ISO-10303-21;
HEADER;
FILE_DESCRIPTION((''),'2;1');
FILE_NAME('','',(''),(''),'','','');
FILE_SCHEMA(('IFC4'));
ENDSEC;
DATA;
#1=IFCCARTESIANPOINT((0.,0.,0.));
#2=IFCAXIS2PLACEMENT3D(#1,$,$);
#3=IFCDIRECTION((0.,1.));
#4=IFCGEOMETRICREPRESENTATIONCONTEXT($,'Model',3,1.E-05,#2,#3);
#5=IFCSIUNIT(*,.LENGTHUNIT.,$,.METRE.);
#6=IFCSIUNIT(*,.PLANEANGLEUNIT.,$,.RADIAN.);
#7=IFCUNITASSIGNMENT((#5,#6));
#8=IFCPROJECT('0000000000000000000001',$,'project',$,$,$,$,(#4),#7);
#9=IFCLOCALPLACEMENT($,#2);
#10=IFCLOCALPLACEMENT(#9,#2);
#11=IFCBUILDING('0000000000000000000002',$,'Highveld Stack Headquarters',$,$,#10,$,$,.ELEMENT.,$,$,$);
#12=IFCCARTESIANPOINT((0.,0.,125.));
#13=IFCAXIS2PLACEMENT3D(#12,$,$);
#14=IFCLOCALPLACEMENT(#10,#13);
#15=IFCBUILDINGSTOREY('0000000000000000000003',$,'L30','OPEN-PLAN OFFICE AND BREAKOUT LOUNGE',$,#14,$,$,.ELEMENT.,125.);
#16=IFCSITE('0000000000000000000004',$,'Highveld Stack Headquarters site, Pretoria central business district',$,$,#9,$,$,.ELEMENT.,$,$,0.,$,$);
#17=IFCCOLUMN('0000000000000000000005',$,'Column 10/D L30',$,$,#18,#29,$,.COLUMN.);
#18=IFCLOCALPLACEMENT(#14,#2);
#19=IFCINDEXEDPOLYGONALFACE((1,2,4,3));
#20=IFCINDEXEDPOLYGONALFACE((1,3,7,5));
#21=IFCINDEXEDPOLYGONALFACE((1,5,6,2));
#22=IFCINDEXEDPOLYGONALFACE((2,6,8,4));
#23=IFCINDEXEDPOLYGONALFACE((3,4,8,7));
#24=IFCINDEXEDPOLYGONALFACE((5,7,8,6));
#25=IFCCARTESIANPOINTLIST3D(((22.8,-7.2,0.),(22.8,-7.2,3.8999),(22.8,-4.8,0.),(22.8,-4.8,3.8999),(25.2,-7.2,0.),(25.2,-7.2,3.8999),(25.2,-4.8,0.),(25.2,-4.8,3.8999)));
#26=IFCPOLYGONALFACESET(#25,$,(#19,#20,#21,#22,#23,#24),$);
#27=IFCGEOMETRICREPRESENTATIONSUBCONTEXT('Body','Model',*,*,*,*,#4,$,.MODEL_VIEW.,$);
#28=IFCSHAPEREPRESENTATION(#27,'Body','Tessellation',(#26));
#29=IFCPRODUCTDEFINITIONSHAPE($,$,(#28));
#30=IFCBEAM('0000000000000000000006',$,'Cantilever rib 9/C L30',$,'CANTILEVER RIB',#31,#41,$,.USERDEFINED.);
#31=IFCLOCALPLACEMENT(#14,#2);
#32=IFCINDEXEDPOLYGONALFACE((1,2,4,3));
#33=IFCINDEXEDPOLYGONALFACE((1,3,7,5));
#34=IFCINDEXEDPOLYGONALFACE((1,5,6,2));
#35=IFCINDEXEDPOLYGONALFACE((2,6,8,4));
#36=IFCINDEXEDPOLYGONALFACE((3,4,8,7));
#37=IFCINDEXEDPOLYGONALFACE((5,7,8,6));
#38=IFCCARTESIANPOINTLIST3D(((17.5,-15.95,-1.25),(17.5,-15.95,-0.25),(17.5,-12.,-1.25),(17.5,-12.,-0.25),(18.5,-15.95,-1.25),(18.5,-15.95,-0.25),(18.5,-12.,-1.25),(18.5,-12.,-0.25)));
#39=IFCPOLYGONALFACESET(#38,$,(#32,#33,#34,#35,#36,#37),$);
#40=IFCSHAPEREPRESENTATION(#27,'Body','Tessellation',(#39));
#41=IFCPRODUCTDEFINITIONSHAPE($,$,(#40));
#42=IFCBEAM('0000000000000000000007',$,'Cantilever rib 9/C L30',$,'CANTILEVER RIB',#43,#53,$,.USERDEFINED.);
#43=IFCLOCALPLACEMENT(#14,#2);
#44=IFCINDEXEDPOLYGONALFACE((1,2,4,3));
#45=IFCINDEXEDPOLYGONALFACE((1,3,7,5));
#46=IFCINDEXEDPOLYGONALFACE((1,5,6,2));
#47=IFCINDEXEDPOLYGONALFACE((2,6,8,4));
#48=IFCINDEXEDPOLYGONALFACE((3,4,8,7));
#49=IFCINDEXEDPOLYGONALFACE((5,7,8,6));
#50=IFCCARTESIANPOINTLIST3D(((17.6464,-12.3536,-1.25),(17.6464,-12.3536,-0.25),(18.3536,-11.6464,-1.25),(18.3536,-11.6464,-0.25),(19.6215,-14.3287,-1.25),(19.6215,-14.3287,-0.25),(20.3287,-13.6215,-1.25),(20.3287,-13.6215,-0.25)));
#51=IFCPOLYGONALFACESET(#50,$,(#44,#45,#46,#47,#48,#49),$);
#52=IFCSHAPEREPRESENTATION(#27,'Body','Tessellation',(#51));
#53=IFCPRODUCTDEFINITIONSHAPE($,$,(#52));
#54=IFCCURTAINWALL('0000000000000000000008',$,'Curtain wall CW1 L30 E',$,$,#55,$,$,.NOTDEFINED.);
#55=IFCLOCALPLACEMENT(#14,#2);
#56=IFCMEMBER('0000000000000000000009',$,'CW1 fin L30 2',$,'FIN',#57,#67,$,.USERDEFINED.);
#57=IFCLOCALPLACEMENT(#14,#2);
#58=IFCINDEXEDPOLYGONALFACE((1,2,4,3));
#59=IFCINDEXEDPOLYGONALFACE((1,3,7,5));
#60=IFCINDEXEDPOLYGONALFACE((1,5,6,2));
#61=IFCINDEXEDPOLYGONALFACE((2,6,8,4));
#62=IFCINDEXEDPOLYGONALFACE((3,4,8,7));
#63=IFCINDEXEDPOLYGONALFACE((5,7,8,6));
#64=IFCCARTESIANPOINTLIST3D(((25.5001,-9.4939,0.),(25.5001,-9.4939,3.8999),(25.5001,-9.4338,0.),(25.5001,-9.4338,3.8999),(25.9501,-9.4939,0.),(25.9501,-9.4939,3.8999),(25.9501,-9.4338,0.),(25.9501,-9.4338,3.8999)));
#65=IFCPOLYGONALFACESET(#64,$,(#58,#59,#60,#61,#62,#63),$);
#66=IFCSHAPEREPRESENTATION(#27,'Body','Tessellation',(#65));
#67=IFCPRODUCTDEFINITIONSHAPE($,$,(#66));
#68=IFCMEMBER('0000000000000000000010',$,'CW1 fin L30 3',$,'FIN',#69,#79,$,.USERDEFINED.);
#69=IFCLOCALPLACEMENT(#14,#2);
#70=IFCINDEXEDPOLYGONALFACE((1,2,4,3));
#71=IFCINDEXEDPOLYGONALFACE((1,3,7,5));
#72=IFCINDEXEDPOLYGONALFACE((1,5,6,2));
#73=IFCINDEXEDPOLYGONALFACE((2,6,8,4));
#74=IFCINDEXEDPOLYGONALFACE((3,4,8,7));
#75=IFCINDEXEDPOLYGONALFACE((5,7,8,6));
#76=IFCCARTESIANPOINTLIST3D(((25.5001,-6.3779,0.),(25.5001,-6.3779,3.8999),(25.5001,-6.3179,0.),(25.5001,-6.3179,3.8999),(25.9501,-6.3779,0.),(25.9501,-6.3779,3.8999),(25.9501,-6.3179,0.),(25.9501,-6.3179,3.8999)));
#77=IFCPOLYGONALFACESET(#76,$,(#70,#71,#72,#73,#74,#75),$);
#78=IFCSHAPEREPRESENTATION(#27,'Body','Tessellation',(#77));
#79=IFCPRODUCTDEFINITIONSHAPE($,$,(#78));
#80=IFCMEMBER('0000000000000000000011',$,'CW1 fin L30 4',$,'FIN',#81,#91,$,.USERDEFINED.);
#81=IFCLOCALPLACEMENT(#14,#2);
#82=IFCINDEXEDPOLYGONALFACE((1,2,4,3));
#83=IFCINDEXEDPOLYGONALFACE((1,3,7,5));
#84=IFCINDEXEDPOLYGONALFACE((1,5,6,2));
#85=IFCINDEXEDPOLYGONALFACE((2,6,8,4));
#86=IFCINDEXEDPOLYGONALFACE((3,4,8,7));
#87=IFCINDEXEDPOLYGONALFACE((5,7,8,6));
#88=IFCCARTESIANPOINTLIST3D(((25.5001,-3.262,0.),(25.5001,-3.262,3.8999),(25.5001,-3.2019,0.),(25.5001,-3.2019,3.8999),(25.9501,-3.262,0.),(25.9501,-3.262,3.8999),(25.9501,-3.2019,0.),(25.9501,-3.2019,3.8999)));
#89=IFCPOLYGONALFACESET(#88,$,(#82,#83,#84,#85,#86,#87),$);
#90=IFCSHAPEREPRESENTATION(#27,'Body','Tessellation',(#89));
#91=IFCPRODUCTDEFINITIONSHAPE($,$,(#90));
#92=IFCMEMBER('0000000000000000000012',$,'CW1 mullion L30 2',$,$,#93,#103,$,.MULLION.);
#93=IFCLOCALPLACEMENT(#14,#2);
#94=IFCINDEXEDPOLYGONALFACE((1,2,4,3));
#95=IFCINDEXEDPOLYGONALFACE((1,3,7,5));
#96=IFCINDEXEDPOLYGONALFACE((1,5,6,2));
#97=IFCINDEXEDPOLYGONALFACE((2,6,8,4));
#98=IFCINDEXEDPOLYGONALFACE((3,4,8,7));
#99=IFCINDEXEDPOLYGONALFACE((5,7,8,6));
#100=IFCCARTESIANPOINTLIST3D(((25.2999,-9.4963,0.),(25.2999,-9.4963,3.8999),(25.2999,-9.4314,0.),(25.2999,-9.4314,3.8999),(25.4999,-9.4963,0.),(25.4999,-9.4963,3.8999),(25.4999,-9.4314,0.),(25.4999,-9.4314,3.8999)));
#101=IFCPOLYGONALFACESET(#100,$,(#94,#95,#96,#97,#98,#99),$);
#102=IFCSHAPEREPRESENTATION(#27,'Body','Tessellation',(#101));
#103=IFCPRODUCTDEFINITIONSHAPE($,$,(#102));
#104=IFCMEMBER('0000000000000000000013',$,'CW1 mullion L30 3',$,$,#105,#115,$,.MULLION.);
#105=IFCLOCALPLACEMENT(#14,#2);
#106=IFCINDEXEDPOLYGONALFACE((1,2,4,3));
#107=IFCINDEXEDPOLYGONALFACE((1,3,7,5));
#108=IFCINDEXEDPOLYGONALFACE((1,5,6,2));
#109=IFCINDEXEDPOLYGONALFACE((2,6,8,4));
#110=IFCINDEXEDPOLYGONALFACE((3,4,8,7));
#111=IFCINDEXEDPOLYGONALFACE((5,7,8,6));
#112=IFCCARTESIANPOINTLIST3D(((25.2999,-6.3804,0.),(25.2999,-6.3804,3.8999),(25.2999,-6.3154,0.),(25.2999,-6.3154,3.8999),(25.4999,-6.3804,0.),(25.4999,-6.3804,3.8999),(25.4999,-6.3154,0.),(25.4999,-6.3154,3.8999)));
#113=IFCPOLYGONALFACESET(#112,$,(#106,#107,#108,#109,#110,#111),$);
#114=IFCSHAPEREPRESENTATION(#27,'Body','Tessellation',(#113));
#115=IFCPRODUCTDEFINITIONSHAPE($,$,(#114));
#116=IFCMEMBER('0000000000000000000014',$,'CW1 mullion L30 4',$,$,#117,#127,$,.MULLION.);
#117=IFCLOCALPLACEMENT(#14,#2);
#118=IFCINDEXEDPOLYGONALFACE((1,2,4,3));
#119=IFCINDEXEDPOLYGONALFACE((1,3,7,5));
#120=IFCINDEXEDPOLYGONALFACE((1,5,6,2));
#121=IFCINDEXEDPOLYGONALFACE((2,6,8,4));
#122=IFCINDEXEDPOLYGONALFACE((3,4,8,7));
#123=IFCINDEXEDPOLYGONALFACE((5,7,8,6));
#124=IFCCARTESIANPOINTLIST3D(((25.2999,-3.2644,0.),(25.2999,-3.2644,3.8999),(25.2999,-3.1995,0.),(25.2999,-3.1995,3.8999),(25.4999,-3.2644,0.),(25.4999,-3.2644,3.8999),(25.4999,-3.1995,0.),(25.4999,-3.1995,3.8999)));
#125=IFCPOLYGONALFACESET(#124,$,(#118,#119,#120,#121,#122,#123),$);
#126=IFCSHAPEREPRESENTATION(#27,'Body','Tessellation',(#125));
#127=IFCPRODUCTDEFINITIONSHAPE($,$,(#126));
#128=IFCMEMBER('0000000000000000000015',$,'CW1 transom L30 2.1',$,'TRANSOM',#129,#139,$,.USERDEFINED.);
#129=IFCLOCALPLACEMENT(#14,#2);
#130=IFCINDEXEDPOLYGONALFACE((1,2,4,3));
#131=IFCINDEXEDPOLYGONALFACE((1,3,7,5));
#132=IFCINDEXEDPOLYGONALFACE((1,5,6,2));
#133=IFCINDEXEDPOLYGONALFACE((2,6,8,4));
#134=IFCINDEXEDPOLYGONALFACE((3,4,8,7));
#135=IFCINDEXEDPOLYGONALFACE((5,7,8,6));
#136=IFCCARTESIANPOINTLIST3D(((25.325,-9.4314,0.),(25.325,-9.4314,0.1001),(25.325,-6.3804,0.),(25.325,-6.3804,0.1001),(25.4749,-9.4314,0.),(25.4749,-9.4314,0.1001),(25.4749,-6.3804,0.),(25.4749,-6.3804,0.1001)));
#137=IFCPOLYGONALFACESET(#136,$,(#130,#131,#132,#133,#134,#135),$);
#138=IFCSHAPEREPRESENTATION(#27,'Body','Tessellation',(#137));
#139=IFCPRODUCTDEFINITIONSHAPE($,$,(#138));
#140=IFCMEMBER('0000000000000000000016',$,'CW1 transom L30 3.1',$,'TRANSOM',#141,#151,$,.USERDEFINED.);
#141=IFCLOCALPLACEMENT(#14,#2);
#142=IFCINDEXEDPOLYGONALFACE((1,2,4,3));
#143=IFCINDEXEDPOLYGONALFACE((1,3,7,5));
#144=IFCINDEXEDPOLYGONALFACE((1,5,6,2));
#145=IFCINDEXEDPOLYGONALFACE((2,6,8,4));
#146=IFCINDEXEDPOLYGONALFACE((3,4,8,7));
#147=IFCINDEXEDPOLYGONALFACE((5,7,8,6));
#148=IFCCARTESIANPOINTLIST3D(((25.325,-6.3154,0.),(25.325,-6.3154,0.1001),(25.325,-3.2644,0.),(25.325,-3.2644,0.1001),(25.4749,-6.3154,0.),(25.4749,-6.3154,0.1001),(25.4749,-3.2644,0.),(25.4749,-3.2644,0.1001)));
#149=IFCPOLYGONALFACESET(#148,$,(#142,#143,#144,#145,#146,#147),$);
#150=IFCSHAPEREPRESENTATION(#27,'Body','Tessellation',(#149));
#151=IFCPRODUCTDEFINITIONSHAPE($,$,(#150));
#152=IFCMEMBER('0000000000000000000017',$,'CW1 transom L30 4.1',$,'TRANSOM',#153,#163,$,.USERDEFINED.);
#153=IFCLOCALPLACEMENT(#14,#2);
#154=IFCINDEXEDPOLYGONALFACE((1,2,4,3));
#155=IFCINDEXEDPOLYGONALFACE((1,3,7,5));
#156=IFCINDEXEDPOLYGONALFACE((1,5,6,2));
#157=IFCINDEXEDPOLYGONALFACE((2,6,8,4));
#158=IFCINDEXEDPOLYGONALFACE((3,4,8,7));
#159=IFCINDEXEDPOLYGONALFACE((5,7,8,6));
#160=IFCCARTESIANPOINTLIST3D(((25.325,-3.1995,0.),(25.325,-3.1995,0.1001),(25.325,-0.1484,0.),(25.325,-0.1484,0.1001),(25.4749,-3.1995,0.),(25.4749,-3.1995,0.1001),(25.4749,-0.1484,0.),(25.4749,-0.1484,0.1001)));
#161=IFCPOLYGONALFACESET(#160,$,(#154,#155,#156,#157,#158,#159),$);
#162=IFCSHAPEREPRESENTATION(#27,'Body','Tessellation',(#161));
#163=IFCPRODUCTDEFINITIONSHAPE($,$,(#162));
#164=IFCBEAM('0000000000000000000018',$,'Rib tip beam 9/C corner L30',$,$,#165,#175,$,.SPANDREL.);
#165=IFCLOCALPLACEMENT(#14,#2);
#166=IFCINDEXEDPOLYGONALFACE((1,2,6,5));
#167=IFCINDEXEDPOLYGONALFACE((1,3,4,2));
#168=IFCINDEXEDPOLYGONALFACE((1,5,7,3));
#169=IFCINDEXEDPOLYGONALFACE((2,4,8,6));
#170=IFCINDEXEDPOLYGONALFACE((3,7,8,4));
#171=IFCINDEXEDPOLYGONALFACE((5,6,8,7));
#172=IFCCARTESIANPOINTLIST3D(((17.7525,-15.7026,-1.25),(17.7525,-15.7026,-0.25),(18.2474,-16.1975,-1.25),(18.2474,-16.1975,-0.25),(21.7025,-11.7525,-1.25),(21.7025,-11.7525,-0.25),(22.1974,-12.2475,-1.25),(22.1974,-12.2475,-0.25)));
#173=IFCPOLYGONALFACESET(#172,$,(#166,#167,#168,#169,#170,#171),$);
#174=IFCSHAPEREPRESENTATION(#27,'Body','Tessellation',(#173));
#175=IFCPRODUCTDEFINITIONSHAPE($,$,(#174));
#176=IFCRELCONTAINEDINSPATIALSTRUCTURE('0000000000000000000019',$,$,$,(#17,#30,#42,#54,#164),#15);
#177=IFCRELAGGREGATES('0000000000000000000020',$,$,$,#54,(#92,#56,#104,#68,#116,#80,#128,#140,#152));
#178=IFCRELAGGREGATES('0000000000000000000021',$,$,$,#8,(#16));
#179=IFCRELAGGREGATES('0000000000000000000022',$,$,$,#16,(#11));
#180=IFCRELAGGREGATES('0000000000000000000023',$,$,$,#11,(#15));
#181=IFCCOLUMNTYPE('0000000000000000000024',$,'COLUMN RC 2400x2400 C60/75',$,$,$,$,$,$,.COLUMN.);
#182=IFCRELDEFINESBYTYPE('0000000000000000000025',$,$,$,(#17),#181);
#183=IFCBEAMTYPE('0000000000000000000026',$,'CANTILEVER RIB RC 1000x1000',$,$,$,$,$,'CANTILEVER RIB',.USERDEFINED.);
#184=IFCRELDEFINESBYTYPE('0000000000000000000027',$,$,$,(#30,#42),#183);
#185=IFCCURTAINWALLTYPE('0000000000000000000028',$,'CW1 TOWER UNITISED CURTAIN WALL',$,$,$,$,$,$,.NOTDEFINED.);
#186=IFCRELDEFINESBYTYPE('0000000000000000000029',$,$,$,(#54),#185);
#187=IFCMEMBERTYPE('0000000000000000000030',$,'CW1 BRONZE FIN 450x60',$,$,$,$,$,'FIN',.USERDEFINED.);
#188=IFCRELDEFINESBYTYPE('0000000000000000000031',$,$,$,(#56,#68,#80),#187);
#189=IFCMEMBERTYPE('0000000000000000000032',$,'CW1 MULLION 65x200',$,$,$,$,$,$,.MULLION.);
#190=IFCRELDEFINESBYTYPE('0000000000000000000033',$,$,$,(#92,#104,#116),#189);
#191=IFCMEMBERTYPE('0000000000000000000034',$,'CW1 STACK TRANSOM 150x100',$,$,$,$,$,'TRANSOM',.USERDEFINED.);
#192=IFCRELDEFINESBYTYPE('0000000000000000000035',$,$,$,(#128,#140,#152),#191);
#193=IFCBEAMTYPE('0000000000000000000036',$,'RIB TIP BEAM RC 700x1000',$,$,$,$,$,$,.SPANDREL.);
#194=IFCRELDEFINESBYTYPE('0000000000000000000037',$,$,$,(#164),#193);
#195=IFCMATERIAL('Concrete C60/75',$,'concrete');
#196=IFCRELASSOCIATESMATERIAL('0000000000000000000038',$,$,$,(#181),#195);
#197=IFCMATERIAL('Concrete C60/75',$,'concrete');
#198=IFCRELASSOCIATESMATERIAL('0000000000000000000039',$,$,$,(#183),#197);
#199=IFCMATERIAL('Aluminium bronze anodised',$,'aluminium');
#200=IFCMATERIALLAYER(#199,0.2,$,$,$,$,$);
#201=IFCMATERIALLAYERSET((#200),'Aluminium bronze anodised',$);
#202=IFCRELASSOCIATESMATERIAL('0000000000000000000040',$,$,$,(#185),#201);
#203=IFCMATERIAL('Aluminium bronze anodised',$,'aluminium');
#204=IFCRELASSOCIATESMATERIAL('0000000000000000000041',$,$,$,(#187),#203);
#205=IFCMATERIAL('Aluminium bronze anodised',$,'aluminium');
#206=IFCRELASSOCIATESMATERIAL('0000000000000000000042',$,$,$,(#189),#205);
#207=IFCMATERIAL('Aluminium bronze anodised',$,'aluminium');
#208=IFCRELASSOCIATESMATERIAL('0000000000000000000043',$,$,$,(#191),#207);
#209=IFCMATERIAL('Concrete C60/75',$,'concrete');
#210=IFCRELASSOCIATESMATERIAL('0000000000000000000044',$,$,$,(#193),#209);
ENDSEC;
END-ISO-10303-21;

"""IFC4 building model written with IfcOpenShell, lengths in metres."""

from ifc_helpers import new_model, si_unit, direction, frame, origin, origin_2d, place, context, subcontext, project, spatial, rectangle, extrude, material, layer, layer_set, material_profile, profile_set, type_object, element, aggregate, save


model = new_model("IFC4")

# Units and contexts
model_context = context("Model", 3, precision=1e-05, world=origin(), true_north=direction((0.0, 1.0)))
body_context = subcontext(model_context, "Body", "Model", "MODEL_VIEW")
ifc_project = project(units=[si_unit("LENGTHUNIT", "METRE"), si_unit("PLANEANGLEUNIT", "RADIAN")], contexts=[model_context])

# Site, building, storey
site_placement = place(None, origin())
site = spatial("IfcSite", under=ifc_project, at=site_placement, Name="Highveld Stack Headquarters site, Pretoria central business district", CompositionType="ELEMENT", RefElevation=0.0)
building_placement = place(site_placement, origin())
building = spatial("IfcBuilding", under=site, at=building_placement, Name="Highveld Stack Headquarters", CompositionType="ELEMENT")
storey_placement = place(building_placement, frame((0.0, 0.0, 125.0)))
storey = spatial("IfcBuildingStorey", under=building, at=storey_placement, Name="L30", Description="OPEN-PLAN OFFICE AND BREAKOUT LOUNGE", CompositionType="ELEMENT", Elevation=125.0)

# Column
ifc_material_1 = material(Name="Concrete C60/75", Category="concrete")
ifc_material_profile_1 = material_profile(ifc_material_1, rectangle(XDim=2.3999, YDim=2.3999, at=origin_2d()), Name="RC 2400x2400")
ifc_profile_set_1 = profile_set([ifc_material_profile_1], Name="Concrete C60/75")
column_type = type_object("IfcColumnType", Name="COLUMN RC 2400x2400 C60/75", PredefinedType="COLUMN", material=ifc_profile_set_1)
column_placement = place(storey_placement, frame((24.0, -6.0, 0.0), z_axis=(0.0, 0.0, 1.0), x_axis=(1.0, 0.0, 0.0)))
element("IfcColumn", 1, at=column_placement, inside=storey, type_object=column_type, Name="Column 10/D L30", PredefinedType="COLUMN", context=body_context, shape_type="SweptSolid", body=[
    extrude(rectangle(XDim=2.3999, YDim=2.3999, at=origin_2d()), origin(), (0.0, 0.0, 1.0), 3.8999),
])

# Beams
ifc_material_2 = material(Name="Concrete C60/75", Category="concrete")
ifc_material_profile_2 = material_profile(ifc_material_2, rectangle(XDim=1.0, YDim=1.0, at=origin_2d()), Name="RC 1000x1000")
ifc_profile_set_2 = profile_set([ifc_material_profile_2], Name="Concrete C60/75")
beam_type_1 = type_object("IfcBeamType", Name="CANTILEVER RIB RC 1000x1000", ElementType="CANTILEVER RIB", PredefinedType="USERDEFINED", material=ifc_profile_set_2)
beam_1_placement = place(storey_placement, frame((18.0, -12.0, -0.75), z_axis=(0.0, -1.0, 0.0), x_axis=(1.0, 0.0, 0.0)))
element("IfcBeam", 2, at=beam_1_placement, inside=storey, type_object=beam_type_1, Name="Cantilever rib 9/C L30", ObjectType="CANTILEVER RIB", PredefinedType="USERDEFINED", context=body_context, shape_type="SweptSolid", body=[
    extrude(rectangle(XDim=1.0, YDim=1.0, at=origin_2d()), origin(), (0.0, 0.0, 1.0), 3.95),
])
beam_2_placement = place(storey_placement, frame((18.0, -12.0, -0.75), z_axis=(0.707107, -0.707107, 0.0), x_axis=(0.707107, 0.707107, 0.0)))
element("IfcBeam", 3, at=beam_2_placement, inside=storey, type_object=beam_type_1, Name="Cantilever rib 9/C L30", ObjectType="CANTILEVER RIB", PredefinedType="USERDEFINED", context=body_context, shape_type="SweptSolid", body=[
    extrude(rectangle(XDim=1.0, YDim=1.0, at=origin_2d()), origin(), (0.0, 0.0, 1.0), 2.7932),
])

# Curtain wall, members
ifc_material_3 = material(Name="Aluminium bronze anodised", Category="aluminium")
ifc_layer_1 = layer(ifc_material_3, 0.2)
ifc_layer_set_1 = layer_set([ifc_layer_1], Name="Aluminium bronze anodised")
curtain_wall_type = type_object("IfcCurtainWallType", Name="CW1 TOWER UNITISED CURTAIN WALL", PredefinedType="NOTDEFINED", material=ifc_layer_set_1)
curtain_wall_placement = place(storey_placement, origin())
curtain_wall = element("IfcCurtainWall", 4, at=curtain_wall_placement, inside=storey, type_object=curtain_wall_type, Name="Curtain wall CW1 L30 E", PredefinedType="NOTDEFINED")
ifc_material_4 = material(Name="Aluminium bronze anodised", Category="aluminium")
ifc_material_profile_3 = material_profile(ifc_material_4, rectangle(XDim=0.45, YDim=0.0601, at=origin_2d()), Name="FIN 450x60")
ifc_profile_set_3 = profile_set([ifc_material_profile_3], Name="Aluminium bronze anodised")
member_type_1 = type_object("IfcMemberType", Name="CW1 BRONZE FIN 450x60", ElementType="FIN", PredefinedType="USERDEFINED", material=ifc_profile_set_3)
member_1_placement = place(storey_placement, frame((25.7251, -9.4639, 0.0), z_axis=(0.0, 0.0, 1.0), x_axis=(-1.0, 0.0, 0.0)))
member_1 = element("IfcMember", 5, at=member_1_placement, type_object=member_type_1, Name="CW1 fin L30 2", ObjectType="FIN", PredefinedType="USERDEFINED", context=body_context, shape_type="SweptSolid", body=[
    extrude(rectangle(XDim=0.45, YDim=0.0601, at=origin_2d()), origin(), (0.0, 0.0, 1.0), 3.8999),
])
member_2_placement = place(storey_placement, frame((25.7251, -6.3479, 0.0), z_axis=(0.0, 0.0, 1.0), x_axis=(-1.0, 0.0, 0.0)))
member_2 = element("IfcMember", 6, at=member_2_placement, type_object=member_type_1, Name="CW1 fin L30 3", ObjectType="FIN", PredefinedType="USERDEFINED", context=body_context, shape_type="SweptSolid", body=[
    extrude(rectangle(XDim=0.45, YDim=0.0601, at=origin_2d()), origin(), (0.0, 0.0, 1.0), 3.8999),
])
member_3_placement = place(storey_placement, frame((25.7251, -3.2319, 0.0), z_axis=(0.0, 0.0, 1.0), x_axis=(-1.0, 0.0, 0.0)))
member_3 = element("IfcMember", 7, at=member_3_placement, type_object=member_type_1, Name="CW1 fin L30 4", ObjectType="FIN", PredefinedType="USERDEFINED", context=body_context, shape_type="SweptSolid", body=[
    extrude(rectangle(XDim=0.45, YDim=0.0601, at=origin_2d()), origin(), (0.0, 0.0, 1.0), 3.8999),
])
ifc_material_5 = material(Name="Aluminium bronze anodised", Category="aluminium")
ifc_material_profile_4 = material_profile(ifc_material_5, rectangle(XDim=0.2, YDim=0.0649, at=origin_2d()), Name="CW1 MULLION 65x200")
ifc_profile_set_4 = profile_set([ifc_material_profile_4], Name="Aluminium bronze anodised")
member_type_2 = type_object("IfcMemberType", Name="CW1 MULLION 65x200", PredefinedType="MULLION", material=ifc_profile_set_4)
member_4_placement = place(storey_placement, frame((25.3999, -9.4639, 0.0), z_axis=(0.0, 0.0, 1.0), x_axis=(-1.0, 0.0, 0.0)))
member_4 = element("IfcMember", 8, at=member_4_placement, type_object=member_type_2, Name="CW1 mullion L30 2", PredefinedType="MULLION", context=body_context, shape_type="SweptSolid", body=[
    extrude(rectangle(XDim=0.2, YDim=0.0649, at=origin_2d()), origin(), (0.0, 0.0, 1.0), 3.8999),
])
member_5_placement = place(storey_placement, frame((25.3999, -6.3479, 0.0), z_axis=(0.0, 0.0, 1.0), x_axis=(-1.0, 0.0, 0.0)))
member_5 = element("IfcMember", 9, at=member_5_placement, type_object=member_type_2, Name="CW1 mullion L30 3", PredefinedType="MULLION", context=body_context, shape_type="SweptSolid", body=[
    extrude(rectangle(XDim=0.2, YDim=0.0649, at=origin_2d()), origin(), (0.0, 0.0, 1.0), 3.8999),
])
member_6_placement = place(storey_placement, frame((25.3999, -3.2319, 0.0), z_axis=(0.0, 0.0, 1.0), x_axis=(-1.0, 0.0, 0.0)))
member_6 = element("IfcMember", 10, at=member_6_placement, type_object=member_type_2, Name="CW1 mullion L30 4", PredefinedType="MULLION", context=body_context, shape_type="SweptSolid", body=[
    extrude(rectangle(XDim=0.2, YDim=0.0649, at=origin_2d()), origin(), (0.0, 0.0, 1.0), 3.8999),
])
ifc_material_6 = material(Name="Aluminium bronze anodised", Category="aluminium")
ifc_material_profile_5 = material_profile(ifc_material_6, rectangle(XDim=0.1499, YDim=0.1001, at=origin_2d()), Name="CW1 TRANSOM 150x100")
ifc_profile_set_5 = profile_set([ifc_material_profile_5], Name="Aluminium bronze anodised")
member_type_3 = type_object("IfcMemberType", Name="CW1 STACK TRANSOM 150x100", ElementType="TRANSOM", PredefinedType="USERDEFINED", material=ifc_profile_set_5)
member_7_placement = place(storey_placement, frame((25.3999, -9.4314, 0.05), z_axis=(0.0, 1.0, 0.0), x_axis=(-1.0, 0.0, 0.0)))
member_7 = element("IfcMember", 11, at=member_7_placement, type_object=member_type_3, Name="CW1 transom L30 2.1", ObjectType="TRANSOM", PredefinedType="USERDEFINED", context=body_context, shape_type="SweptSolid", body=[
    extrude(rectangle(XDim=0.1499, YDim=0.1001, at=origin_2d()), origin(), (0.0, 0.0, 1.0), 3.051),
])
member_8_placement = place(storey_placement, frame((25.3999, -6.3154, 0.05), z_axis=(0.0, 1.0, 0.0), x_axis=(-1.0, 0.0, 0.0)))
member_8 = element("IfcMember", 12, at=member_8_placement, type_object=member_type_3, Name="CW1 transom L30 3.1", ObjectType="TRANSOM", PredefinedType="USERDEFINED", context=body_context, shape_type="SweptSolid", body=[
    extrude(rectangle(XDim=0.1499, YDim=0.1001, at=origin_2d()), origin(), (0.0, 0.0, 1.0), 3.051),
])
member_9_placement = place(storey_placement, frame((25.3999, -3.1995, 0.05), z_axis=(0.0, 1.0, 0.0), x_axis=(-1.0, 0.0, 0.0)))
member_9 = element("IfcMember", 13, at=member_9_placement, type_object=member_type_3, Name="CW1 transom L30 4.1", ObjectType="TRANSOM", PredefinedType="USERDEFINED", context=body_context, shape_type="SweptSolid", body=[
    extrude(rectangle(XDim=0.1499, YDim=0.1001, at=origin_2d()), origin(), (0.0, 0.0, 1.0), 3.051),
])

# Beam
ifc_material_7 = material(Name="Concrete C60/75", Category="concrete")
ifc_material_profile_6 = material_profile(ifc_material_7, rectangle(XDim=0.7, YDim=1.0, at=origin_2d()), Name="RC 700x1000")
ifc_profile_set_6 = profile_set([ifc_material_profile_6], Name="Concrete C60/75")
beam_type_2 = type_object("IfcBeamType", Name="RIB TIP BEAM RC 700x1000", PredefinedType="SPANDREL", material=ifc_profile_set_6)
beam_3_placement = place(storey_placement, frame((21.95, -12.0, -0.75), z_axis=(-0.707107, -0.707107, 0.0), x_axis=(0.707107, -0.707107, 0.0)))
element("IfcBeam", 14, at=beam_3_placement, inside=storey, type_object=beam_type_2, Name="Rib tip beam 9/C corner L30", PredefinedType="SPANDREL", context=body_context, shape_type="SweptSolid", body=[
    extrude(rectangle(XDim=0.7, YDim=1.0, at=origin_2d()), origin(), (0.0, 0.0, 1.0), 5.5862),
])

aggregate(curtain_wall, [member_4, member_1, member_5, member_2, member_6, member_3, member_7, member_8, member_9])

save(model, "model.ifc")
